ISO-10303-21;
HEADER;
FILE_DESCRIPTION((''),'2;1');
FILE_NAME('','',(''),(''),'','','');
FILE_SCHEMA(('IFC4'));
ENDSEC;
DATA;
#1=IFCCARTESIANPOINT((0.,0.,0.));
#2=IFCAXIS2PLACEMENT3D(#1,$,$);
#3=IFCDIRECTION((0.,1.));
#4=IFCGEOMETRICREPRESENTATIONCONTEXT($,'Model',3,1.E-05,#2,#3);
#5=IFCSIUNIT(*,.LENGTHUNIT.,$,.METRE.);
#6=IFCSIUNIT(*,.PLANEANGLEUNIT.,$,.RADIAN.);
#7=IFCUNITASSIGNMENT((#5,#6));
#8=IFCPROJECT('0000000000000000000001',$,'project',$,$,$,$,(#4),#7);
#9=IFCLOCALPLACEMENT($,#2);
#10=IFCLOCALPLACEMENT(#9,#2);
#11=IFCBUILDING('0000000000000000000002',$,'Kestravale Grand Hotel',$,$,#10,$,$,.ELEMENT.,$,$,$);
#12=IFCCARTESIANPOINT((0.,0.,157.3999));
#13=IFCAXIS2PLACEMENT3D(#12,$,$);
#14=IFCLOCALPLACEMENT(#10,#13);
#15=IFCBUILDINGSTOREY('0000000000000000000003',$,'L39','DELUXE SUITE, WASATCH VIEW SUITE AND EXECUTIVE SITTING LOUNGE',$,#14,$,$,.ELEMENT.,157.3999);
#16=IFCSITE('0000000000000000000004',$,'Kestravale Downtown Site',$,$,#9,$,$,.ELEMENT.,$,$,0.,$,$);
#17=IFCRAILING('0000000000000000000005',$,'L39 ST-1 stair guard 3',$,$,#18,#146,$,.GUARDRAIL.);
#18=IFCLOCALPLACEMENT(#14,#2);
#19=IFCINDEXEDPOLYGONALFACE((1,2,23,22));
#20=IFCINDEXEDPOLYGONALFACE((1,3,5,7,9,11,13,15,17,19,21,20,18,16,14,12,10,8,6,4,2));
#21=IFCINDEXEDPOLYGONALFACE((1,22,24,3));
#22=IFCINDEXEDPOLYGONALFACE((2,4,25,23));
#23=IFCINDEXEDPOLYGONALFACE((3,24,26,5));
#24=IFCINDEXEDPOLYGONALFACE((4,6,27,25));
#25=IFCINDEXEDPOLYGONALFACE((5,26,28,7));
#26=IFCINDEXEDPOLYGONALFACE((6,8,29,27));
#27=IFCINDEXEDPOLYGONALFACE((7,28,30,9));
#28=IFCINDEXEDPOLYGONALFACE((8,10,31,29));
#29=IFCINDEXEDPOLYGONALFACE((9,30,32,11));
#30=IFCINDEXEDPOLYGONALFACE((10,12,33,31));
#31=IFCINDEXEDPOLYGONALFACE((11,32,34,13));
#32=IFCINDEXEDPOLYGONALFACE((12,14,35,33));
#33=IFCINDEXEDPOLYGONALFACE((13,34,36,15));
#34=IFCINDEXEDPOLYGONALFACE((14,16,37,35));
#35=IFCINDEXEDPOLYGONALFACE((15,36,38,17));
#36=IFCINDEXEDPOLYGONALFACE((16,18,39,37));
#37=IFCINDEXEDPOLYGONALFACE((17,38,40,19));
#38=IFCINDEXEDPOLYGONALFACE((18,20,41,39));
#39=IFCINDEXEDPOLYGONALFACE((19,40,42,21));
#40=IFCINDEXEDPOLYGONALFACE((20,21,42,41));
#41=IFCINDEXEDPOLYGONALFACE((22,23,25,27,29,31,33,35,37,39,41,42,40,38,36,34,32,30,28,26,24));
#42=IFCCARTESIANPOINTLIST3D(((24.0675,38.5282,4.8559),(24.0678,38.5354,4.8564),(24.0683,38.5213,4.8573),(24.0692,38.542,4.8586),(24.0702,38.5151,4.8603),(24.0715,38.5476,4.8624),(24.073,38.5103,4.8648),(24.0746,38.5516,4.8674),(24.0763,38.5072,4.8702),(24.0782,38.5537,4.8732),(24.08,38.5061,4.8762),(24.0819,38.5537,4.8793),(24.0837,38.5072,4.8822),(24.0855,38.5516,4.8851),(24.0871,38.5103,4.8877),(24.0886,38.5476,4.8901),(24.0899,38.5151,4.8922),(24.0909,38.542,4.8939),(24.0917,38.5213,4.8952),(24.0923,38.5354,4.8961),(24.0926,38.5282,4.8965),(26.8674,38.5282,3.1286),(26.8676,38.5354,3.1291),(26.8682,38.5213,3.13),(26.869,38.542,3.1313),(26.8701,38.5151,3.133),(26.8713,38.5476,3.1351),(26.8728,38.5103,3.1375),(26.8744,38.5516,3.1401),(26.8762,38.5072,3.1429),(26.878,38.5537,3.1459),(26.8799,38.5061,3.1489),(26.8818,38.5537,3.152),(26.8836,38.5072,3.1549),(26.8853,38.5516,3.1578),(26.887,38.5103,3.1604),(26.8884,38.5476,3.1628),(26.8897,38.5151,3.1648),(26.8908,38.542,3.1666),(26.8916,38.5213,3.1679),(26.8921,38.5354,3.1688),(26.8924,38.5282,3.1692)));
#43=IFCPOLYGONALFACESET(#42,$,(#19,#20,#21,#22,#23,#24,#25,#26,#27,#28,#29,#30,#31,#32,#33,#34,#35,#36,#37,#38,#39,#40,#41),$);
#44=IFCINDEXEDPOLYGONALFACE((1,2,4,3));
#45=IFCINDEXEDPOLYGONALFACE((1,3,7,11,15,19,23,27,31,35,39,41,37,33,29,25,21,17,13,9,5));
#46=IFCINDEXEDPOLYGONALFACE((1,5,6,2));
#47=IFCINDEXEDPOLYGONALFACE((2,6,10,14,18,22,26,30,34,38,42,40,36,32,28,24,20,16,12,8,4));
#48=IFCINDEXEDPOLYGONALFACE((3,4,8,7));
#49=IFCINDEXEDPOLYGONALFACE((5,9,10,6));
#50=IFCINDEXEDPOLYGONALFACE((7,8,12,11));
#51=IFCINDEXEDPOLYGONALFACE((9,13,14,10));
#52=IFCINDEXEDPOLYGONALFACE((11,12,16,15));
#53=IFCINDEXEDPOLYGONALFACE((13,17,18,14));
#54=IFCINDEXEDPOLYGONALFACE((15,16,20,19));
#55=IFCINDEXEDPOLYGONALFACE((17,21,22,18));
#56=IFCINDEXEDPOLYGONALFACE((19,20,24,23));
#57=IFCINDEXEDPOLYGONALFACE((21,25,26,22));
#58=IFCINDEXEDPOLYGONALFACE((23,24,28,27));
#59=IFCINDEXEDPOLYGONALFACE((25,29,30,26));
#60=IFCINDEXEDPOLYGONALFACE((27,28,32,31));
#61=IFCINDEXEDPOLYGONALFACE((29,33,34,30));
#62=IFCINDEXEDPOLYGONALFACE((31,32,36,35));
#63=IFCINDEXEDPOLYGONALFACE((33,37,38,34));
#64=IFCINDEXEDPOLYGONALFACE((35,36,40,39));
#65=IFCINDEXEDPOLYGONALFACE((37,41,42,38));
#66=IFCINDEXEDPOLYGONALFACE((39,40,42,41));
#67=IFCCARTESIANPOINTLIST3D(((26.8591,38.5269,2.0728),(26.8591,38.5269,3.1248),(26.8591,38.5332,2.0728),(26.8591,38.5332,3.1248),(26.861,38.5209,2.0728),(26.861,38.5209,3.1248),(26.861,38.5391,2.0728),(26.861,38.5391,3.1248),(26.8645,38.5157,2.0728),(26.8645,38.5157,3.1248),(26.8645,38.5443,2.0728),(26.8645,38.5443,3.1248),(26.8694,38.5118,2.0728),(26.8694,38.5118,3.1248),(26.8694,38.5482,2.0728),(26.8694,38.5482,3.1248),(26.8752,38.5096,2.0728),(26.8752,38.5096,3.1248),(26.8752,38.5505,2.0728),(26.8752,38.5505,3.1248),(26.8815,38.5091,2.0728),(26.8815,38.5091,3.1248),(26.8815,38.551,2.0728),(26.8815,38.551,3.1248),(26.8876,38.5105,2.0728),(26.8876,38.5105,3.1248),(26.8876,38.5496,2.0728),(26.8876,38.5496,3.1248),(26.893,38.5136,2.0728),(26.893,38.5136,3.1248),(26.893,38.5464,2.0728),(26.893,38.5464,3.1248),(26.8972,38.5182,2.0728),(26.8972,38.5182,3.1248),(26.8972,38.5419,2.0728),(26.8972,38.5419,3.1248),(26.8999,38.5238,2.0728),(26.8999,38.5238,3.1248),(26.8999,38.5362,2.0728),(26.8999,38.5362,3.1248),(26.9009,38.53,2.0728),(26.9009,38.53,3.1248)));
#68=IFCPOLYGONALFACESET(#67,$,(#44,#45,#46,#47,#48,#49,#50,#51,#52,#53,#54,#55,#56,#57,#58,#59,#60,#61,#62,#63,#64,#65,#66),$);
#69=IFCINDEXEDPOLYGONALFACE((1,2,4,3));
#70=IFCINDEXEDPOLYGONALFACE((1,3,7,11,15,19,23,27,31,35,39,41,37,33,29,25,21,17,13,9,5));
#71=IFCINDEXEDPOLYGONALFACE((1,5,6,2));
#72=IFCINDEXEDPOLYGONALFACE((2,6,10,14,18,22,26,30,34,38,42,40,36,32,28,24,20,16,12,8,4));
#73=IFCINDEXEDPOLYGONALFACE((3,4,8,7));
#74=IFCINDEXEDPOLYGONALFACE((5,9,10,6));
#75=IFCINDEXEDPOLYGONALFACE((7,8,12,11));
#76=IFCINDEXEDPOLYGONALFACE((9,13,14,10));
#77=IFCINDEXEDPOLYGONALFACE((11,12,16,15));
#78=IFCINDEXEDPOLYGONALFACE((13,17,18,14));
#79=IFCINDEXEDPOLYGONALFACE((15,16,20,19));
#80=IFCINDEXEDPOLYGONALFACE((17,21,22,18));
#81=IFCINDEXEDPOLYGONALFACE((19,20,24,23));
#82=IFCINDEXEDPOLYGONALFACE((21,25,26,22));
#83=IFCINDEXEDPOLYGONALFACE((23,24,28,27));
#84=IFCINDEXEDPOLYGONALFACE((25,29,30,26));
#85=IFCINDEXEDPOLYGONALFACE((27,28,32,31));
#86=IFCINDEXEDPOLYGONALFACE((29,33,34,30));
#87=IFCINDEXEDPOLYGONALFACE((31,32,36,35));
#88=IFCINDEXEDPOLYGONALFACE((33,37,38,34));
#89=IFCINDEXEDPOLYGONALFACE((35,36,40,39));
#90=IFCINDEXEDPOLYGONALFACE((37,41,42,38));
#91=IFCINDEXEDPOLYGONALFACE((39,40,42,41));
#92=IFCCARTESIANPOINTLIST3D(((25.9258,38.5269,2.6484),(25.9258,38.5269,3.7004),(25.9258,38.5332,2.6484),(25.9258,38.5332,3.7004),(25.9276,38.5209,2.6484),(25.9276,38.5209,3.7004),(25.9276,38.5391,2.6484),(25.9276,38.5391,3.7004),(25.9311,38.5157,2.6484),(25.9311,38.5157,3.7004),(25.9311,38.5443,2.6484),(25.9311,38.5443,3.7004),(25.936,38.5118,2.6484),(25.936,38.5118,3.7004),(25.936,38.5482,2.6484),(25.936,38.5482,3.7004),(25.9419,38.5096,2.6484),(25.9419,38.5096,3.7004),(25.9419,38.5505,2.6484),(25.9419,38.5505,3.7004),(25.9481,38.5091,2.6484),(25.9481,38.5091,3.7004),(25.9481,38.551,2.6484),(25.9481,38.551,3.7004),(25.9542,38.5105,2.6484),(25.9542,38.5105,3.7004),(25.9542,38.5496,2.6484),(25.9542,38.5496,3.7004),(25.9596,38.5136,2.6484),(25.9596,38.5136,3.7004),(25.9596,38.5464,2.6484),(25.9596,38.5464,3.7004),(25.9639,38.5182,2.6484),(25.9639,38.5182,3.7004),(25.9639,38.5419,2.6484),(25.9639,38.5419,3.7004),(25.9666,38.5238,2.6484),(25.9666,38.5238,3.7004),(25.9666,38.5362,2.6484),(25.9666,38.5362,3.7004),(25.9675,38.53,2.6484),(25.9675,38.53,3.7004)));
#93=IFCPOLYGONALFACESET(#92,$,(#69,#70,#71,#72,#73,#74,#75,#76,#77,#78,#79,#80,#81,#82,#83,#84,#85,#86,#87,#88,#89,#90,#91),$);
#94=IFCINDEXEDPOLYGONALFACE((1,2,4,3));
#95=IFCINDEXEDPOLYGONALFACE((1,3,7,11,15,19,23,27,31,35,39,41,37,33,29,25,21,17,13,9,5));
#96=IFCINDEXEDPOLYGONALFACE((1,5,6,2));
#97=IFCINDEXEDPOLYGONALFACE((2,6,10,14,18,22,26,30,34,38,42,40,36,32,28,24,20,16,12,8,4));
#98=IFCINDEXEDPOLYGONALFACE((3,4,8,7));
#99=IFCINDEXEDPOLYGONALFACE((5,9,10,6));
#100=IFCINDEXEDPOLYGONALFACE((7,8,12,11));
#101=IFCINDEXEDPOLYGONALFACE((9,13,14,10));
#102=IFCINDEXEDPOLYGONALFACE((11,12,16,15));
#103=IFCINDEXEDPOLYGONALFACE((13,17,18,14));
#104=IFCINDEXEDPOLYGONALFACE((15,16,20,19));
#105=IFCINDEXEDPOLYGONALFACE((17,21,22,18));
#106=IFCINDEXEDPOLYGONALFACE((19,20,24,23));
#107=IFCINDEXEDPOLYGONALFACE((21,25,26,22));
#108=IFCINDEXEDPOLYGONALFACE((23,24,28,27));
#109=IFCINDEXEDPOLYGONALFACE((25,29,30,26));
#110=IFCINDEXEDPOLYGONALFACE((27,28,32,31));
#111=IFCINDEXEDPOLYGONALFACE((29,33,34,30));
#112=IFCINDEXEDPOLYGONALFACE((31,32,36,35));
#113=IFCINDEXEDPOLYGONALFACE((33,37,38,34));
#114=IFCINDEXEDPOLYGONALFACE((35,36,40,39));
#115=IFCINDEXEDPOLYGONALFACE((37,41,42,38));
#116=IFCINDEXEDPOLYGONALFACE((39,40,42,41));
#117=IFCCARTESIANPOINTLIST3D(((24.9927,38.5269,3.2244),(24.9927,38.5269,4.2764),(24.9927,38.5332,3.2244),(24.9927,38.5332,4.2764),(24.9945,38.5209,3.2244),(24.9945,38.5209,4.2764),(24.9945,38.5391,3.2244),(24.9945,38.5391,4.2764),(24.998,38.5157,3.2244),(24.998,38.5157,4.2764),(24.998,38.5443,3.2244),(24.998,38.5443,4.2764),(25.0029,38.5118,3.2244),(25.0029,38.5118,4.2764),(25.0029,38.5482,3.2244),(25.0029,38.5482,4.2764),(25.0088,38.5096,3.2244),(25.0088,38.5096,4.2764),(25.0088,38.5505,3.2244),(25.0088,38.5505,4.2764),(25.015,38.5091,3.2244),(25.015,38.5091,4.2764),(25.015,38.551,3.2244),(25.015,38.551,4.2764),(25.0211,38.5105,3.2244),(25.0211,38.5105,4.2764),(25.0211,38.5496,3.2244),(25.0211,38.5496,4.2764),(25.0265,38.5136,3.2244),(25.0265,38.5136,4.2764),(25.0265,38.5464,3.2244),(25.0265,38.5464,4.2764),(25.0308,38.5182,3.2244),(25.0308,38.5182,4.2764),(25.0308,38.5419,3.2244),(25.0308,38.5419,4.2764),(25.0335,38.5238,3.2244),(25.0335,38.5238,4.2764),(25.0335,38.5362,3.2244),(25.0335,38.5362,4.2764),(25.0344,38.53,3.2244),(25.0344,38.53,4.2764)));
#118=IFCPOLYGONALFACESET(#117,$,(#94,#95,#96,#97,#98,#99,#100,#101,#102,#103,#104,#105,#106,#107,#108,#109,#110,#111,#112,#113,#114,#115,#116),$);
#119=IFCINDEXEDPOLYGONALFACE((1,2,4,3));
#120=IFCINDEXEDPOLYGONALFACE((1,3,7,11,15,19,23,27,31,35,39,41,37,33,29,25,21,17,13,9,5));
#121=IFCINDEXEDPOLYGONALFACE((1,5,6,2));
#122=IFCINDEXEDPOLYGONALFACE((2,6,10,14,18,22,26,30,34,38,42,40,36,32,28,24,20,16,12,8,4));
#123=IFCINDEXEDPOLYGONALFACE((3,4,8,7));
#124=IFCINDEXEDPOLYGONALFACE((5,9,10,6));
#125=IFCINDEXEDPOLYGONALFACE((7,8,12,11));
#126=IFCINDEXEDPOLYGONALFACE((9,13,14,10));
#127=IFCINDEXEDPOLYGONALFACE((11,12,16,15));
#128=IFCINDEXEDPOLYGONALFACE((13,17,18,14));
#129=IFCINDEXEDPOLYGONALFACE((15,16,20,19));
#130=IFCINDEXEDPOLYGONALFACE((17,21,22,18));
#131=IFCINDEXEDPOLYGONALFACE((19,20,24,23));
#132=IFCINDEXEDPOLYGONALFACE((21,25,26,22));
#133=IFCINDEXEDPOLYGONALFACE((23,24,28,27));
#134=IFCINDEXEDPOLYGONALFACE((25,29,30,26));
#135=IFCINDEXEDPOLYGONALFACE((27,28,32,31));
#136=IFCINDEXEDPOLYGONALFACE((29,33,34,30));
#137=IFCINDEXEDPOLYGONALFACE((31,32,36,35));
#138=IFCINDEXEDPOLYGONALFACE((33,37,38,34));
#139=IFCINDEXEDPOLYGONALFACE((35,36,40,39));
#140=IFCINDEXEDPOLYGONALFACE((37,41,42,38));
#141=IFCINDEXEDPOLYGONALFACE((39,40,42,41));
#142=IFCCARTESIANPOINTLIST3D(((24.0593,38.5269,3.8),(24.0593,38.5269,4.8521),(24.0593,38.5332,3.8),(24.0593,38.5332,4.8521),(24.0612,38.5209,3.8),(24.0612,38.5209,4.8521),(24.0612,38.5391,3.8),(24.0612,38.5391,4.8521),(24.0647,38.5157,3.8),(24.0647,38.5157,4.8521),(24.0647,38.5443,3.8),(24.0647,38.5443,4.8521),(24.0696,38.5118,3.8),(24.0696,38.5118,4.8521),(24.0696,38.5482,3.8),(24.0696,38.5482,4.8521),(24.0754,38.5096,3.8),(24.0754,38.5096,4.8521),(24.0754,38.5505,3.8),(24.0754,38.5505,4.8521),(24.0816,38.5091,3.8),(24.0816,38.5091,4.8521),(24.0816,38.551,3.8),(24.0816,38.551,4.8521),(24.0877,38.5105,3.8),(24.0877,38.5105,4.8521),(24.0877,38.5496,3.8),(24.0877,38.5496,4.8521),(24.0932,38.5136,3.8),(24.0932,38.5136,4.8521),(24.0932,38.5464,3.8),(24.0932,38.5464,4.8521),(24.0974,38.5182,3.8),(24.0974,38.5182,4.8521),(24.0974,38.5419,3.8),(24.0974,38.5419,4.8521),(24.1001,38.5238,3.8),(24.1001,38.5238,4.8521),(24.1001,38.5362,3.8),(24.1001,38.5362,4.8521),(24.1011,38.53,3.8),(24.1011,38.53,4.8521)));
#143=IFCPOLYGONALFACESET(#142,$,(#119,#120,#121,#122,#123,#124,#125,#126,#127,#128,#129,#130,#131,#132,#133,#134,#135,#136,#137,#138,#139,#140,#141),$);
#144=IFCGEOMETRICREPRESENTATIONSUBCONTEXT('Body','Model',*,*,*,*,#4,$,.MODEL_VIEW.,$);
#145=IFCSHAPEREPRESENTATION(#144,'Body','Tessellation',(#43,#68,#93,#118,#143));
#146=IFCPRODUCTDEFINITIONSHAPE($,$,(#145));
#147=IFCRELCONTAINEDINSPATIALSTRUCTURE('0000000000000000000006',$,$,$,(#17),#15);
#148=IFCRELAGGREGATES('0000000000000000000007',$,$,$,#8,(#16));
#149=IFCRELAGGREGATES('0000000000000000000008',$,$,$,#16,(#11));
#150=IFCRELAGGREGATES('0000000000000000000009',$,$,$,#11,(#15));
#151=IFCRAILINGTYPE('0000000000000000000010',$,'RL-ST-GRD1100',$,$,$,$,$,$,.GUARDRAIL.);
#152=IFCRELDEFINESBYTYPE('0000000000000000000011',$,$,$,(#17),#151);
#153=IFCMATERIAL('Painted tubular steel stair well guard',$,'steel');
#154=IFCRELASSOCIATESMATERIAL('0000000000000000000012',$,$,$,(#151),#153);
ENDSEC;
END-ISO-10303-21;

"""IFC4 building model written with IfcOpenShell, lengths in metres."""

from ifc_helpers import new_model, si_unit, direction, frame, origin, origin_2d, place, context, subcontext, project, spatial, circle, extrude, material, type_object, element, save


model = new_model("IFC4")

# Units and contexts
model_context = context("Model", 3, precision=1e-05, world=origin(), true_north=direction((0.0, 1.0)))
body_context = subcontext(model_context, "Body", "Model", "MODEL_VIEW")
ifc_project = project(units=[si_unit("LENGTHUNIT", "METRE"), si_unit("PLANEANGLEUNIT", "RADIAN")], contexts=[model_context])

# Site, building, storey
site_placement = place(None, origin())
site = spatial("IfcSite", under=ifc_project, at=site_placement, Name="Kestravale Downtown Site", CompositionType="ELEMENT", RefElevation=0.0)
building_placement = place(site_placement, origin())
building = spatial("IfcBuilding", under=site, at=building_placement, Name="Kestravale Grand Hotel", CompositionType="ELEMENT")
storey_placement = place(building_placement, frame((0.0, 0.0, 157.3999)))
storey = spatial("IfcBuildingStorey", under=building, at=storey_placement, Name="L39", Description="DELUXE SUITE, WASATCH VIEW SUITE AND EXECUTIVE SITTING LOUNGE", CompositionType="ELEMENT", Elevation=157.3999)

# Railing
ifc_material_1 = material(Name="Painted tubular steel stair well guard", Category="steel")
railing_type_1 = type_object("IfcRailingType", Name="RL-ST-GRD1100", PredefinedType="GUARDRAIL", material=ifc_material_1)
railing_1_placement = place(storey_placement, frame((26.8799, 38.53, 2.0728)))
element("IfcRailing", 1, at=railing_1_placement, inside=storey, type_object=railing_type_1, Name="L39 ST-1 stair guard 3", PredefinedType="GUARDRAIL", context=body_context, shape_type="SweptSolid", body=[
    extrude(circle(Radius=0.0239, at=origin_2d()), frame((0.0, 0.0, 1.0762), z_axis=(-0.851069, 0.0, 0.525054), x_axis=(0.0, -1.0, 0.0)), (0.0, 0.0, 1.0), 3.2898),
    extrude(circle(Radius=0.021, at=origin_2d()), origin(), (0.0, 0.0, 1.0), 1.052),
    extrude(circle(Radius=0.021, at=origin_2d()), frame((-0.9333, 0.0, 0.5757)), (0.0, 0.0, 1.0), 1.052),
    extrude(circle(Radius=0.021, at=origin_2d()), frame((-1.8665, 0.0, 1.1516)), (0.0, 0.0, 1.0), 1.052),
    extrude(circle(Radius=0.021, at=origin_2d()), frame((-2.7998, 0.0, 1.7273)), (0.0, 0.0, 1.0), 1.052),
])

save(model, "model.ifc")
